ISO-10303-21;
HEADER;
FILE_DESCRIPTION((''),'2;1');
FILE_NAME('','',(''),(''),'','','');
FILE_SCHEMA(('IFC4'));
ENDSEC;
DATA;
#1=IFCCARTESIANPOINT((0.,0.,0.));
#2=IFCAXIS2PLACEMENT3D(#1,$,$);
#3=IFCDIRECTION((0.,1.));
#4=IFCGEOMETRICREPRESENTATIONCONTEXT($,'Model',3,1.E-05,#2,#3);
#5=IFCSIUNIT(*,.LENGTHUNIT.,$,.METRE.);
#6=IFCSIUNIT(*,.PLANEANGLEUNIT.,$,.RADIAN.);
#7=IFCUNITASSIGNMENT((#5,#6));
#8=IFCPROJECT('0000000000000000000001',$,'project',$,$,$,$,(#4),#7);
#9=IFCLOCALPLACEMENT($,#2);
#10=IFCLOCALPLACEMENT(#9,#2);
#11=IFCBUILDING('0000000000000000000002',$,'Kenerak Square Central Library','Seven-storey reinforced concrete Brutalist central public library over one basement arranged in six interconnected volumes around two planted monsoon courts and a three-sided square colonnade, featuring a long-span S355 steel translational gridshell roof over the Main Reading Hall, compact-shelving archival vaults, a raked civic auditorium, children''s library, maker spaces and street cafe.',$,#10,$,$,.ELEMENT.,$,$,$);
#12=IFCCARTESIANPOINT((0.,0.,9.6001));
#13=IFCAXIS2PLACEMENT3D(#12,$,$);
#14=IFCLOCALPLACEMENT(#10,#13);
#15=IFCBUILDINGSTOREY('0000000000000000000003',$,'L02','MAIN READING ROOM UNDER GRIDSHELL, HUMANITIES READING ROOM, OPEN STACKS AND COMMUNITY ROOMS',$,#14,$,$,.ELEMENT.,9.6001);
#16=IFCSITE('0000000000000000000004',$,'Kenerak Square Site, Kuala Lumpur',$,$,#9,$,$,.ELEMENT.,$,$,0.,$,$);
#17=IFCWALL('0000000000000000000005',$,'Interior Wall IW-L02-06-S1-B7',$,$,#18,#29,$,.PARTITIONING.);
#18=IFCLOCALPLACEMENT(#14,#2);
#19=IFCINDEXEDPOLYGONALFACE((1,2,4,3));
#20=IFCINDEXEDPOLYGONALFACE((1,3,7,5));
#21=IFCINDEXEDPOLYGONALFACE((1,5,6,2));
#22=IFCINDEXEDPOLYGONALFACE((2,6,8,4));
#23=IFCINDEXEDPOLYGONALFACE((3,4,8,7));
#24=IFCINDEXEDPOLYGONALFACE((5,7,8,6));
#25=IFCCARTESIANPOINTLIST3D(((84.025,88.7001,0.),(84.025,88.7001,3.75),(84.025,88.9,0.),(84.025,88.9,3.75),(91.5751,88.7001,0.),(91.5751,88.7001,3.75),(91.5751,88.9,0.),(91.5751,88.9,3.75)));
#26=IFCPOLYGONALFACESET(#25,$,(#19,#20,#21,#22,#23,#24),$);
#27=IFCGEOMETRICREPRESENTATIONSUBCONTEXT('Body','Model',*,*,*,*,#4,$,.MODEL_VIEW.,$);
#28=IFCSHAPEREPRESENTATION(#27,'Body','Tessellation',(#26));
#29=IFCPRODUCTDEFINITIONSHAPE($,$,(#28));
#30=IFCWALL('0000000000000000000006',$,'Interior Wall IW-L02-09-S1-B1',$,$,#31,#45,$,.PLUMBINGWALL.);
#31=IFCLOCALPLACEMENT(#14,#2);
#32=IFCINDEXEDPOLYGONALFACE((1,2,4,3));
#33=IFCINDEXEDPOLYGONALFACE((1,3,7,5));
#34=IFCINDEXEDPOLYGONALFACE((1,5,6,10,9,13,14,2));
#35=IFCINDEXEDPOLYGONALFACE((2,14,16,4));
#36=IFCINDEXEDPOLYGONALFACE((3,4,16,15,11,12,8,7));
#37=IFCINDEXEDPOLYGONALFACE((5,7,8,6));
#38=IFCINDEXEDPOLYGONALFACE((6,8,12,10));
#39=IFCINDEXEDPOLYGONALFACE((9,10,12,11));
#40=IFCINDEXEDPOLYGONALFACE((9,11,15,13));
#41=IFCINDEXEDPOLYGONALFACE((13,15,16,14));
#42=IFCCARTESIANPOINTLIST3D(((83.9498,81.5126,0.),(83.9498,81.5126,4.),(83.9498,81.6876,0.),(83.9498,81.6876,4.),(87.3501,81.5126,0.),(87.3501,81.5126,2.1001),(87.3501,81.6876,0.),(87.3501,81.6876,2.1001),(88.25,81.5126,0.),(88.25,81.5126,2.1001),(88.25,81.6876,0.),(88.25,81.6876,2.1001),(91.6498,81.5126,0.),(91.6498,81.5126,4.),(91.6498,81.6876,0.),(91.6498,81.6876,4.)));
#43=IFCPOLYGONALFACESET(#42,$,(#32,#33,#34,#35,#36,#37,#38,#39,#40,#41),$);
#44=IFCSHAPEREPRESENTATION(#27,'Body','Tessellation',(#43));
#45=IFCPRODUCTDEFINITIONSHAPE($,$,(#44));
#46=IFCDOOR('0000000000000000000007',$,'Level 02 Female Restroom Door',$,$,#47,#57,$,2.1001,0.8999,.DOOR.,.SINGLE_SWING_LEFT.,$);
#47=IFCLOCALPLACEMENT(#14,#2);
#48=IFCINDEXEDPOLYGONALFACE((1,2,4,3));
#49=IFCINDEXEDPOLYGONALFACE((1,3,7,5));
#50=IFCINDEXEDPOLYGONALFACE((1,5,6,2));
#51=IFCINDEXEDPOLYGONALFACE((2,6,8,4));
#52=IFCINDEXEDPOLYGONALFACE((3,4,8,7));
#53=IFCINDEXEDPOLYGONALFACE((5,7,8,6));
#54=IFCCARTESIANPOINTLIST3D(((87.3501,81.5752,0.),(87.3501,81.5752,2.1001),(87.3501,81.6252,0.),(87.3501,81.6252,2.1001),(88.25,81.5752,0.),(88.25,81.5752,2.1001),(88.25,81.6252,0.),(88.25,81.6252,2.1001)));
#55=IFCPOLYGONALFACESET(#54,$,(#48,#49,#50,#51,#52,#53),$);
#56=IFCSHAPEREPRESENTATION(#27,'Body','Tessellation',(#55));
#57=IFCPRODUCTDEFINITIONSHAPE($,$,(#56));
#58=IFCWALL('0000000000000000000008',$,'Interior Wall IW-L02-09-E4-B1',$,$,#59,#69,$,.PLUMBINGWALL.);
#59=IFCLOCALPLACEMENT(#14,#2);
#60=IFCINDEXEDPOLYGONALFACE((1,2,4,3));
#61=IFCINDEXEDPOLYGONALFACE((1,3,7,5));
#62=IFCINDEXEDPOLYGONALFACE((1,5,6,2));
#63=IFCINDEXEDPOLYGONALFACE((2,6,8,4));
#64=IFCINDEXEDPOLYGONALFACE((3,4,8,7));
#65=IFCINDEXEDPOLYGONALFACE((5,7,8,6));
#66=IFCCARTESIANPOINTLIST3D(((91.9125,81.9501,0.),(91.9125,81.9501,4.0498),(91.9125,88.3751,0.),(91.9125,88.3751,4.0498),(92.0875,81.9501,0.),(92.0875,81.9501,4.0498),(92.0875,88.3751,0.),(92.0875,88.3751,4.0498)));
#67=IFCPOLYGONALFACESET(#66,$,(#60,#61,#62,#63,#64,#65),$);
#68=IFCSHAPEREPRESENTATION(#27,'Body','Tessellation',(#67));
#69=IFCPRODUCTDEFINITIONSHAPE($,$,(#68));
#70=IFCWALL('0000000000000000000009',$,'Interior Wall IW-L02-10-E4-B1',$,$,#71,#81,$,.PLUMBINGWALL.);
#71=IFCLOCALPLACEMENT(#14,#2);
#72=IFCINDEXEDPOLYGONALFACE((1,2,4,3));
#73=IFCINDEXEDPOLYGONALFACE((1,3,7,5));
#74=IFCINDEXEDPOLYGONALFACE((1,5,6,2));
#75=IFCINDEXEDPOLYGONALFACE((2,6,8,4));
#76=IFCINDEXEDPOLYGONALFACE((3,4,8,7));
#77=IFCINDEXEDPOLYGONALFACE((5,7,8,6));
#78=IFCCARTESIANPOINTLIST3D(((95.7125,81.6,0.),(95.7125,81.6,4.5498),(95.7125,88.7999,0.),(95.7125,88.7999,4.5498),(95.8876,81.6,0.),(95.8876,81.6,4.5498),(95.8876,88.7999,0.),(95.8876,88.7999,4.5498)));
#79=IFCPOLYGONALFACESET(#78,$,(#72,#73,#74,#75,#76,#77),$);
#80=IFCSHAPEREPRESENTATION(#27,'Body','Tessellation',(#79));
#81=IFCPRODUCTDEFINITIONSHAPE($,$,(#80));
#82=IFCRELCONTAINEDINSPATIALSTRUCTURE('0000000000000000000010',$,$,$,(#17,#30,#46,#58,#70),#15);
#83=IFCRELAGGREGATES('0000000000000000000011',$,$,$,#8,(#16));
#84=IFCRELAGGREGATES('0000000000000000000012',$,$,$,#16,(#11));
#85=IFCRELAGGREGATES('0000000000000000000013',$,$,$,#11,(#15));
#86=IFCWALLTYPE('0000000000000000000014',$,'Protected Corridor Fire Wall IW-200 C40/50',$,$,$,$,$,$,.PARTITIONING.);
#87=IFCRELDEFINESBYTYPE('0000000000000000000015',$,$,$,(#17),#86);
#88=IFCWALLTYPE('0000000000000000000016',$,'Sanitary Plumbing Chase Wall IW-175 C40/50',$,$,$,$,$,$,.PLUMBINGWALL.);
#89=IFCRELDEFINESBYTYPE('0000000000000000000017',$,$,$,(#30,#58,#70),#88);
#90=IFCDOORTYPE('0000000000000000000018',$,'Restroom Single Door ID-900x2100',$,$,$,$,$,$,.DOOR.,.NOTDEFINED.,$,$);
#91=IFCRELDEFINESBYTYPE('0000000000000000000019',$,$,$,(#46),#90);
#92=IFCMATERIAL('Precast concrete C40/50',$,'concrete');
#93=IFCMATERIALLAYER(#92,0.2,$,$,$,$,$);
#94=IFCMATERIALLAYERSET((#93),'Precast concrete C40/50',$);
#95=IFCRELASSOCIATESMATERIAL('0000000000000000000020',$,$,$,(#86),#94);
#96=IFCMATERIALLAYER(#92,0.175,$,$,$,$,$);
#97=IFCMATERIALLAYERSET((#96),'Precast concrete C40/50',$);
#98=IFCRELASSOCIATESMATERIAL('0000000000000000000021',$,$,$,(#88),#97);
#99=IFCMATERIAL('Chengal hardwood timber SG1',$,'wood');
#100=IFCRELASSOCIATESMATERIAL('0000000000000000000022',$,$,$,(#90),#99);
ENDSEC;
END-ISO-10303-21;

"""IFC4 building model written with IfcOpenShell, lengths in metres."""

from ifc_helpers import new_model, si_unit, direction, frame, frame_2d, origin, place, context, subcontext, project, spatial, rectangle, extrude, material, layer, layer_set, type_object, element, fill, save


model = new_model("IFC4")

# Units and contexts
model_context = context("Model", 3, precision=1e-05, world=origin(), true_north=direction((0.0, 1.0)))
body_context = subcontext(model_context, "Body", "Model", "MODEL_VIEW")
ifc_project = project(units=[si_unit("LENGTHUNIT", "METRE"), si_unit("PLANEANGLEUNIT", "RADIAN")], contexts=[model_context])

# Site, building, storey
site_placement = place(None, origin())
site = spatial("IfcSite", under=ifc_project, at=site_placement, Name="Kenerak Square Site, Kuala Lumpur", CompositionType="ELEMENT", RefElevation=0.0)
building_placement = place(site_placement, origin())
building = spatial("IfcBuilding", under=site, at=building_placement, Name="Kenerak Square Central Library", Description="Seven-storey reinforced concrete Brutalist central public library over one basement arranged in six interconnected volumes around two planted monsoon courts and a three-sided square colonnade, featuring a long-span S355 steel translational gridshell roof over the Main Reading Hall, compact-shelving archival vaults, a raked civic auditorium, children's library, maker spaces and street cafe.", CompositionType="ELEMENT")
storey_placement = place(building_placement, frame((0.0, 0.0, 9.6001)))
storey = spatial("IfcBuildingStorey", under=building, at=storey_placement, Name="L02", Description="MAIN READING ROOM UNDER GRIDSHELL, HUMANITIES READING ROOM, OPEN STACKS AND COMMUNITY ROOMS", CompositionType="ELEMENT", Elevation=9.6001)

# Shared definitions
ifc_material_1 = material(Name="Precast concrete C40/50", Category="concrete")
ifc_material_2 = material(Name="Chengal hardwood timber SG1", Category="wood")

# Wall
ifc_layer_1 = layer(ifc_material_1, 0.2)
ifc_layer_set_1 = layer_set([ifc_layer_1], Name="Precast concrete C40/50")
wall_type_1 = type_object("IfcWallType", Name="Protected Corridor Fire Wall IW-200 C40/50", PredefinedType="PARTITIONING", material=ifc_layer_set_1)
wall_1_placement = place(storey_placement, frame((91.575, 88.8, 0.0), z_axis=(0.0, 0.0, 1.0), x_axis=(-1.0, 0.0, 0.0)))
element("IfcWall", 1, at=wall_1_placement, inside=storey, type_object=wall_type_1, Name="Interior Wall IW-L02-06-S1-B7", PredefinedType="PARTITIONING", context=body_context, shape_type="SweptSolid", body=[
    extrude(rectangle(XDim=7.55, YDim=0.2, at=frame_2d((3.7749, 0.0))), origin(), (0.0, 0.0, 1.0), 3.75),
])

# Wall, opening, door
ifc_layer_2 = layer(ifc_material_1, 0.175)
ifc_layer_set_2 = layer_set([ifc_layer_2], Name="Precast concrete C40/50")
wall_type_2 = type_object("IfcWallType", Name="Sanitary Plumbing Chase Wall IW-175 C40/50", PredefinedType="PLUMBINGWALL", material=ifc_layer_set_2)
wall_2_placement = place(storey_placement, frame((91.6499, 81.6001, 0.0), z_axis=(0.0, 0.0, 1.0), x_axis=(-1.0, 0.0, 0.0)))
wall_2 = element("IfcWall", 2, at=wall_2_placement, inside=storey, type_object=wall_type_2, Name="Interior Wall IW-L02-09-S1-B1", PredefinedType="PLUMBINGWALL", context=body_context, shape_type="SweptSolid", body=[
    extrude(rectangle(XDim=7.7, YDim=0.175, at=frame_2d((3.8501, 0.0))), origin(), (0.0, 0.0, 1.0), 4.0),
])
opening_1_placement = place(wall_2_placement, frame((3.3999, 0.0, 0.0)))
opening_1 = element("IfcOpeningElement", 3, at=opening_1_placement, cuts=wall_2, PredefinedType="OPENING", context=body_context, shape_type="SweptSolid", body=[
    extrude(rectangle(XDim=0.8999, YDim=2.1001, at=frame_2d((0.45, 1.05))), frame((0.0, 0.0974, 0.0), z_axis=(0.0, -1.0, 0.0), x_axis=(1.0, 0.0, 0.0)), (0.0, 0.0, 1.0), 0.1951),
])
door_type_1 = type_object("IfcDoorType", Name="Restroom Single Door ID-900x2100", OperationType="NOTDEFINED", PredefinedType="DOOR", material=ifc_material_2)
door_1_placement = place(opening_1_placement, origin())
door_1 = element("IfcDoor", 4, at=door_1_placement, inside=storey, type_object=door_type_1, Name="Level 02 Female Restroom Door", OperationType="SINGLE_SWING_LEFT", OverallHeight=2.1001, OverallWidth=0.8999, PredefinedType="DOOR", context=body_context, shape_type="SweptSolid", body=[
    extrude(rectangle(XDim=0.8999, YDim=2.1001, at=frame_2d((0.45, 1.05))), frame((0.0, 0.0249, 0.0), z_axis=(0.0, -1.0, 0.0), x_axis=(1.0, 0.0, 0.0)), (0.0, 0.0, 1.0), 0.05),
])
fill(opening_1, door_1)

# Walls
wall_3_placement = place(storey_placement, frame((92.0, 88.375, 0.0), z_axis=(0.0, 0.0, 1.0), x_axis=(0.0, -1.0, 0.0)))
element("IfcWall", 5, at=wall_3_placement, inside=storey, type_object=wall_type_2, Name="Interior Wall IW-L02-09-E4-B1", PredefinedType="PLUMBINGWALL", context=body_context, shape_type="SweptSolid", body=[
    extrude(rectangle(XDim=6.425, YDim=0.175, at=frame_2d((3.2124, 0.0))), origin(), (0.0, 0.0, 1.0), 4.0498),
])
wall_4_placement = place(storey_placement, frame((95.8, 88.8, 0.0), z_axis=(0.0, 0.0, 1.0), x_axis=(0.0, -1.0, 0.0)))
element("IfcWall", 6, at=wall_4_placement, inside=storey, type_object=wall_type_2, Name="Interior Wall IW-L02-10-E4-B1", PredefinedType="PLUMBINGWALL", context=body_context, shape_type="SweptSolid", body=[
    extrude(rectangle(XDim=7.2, YDim=0.175, at=frame_2d((3.6001, 0.0))), origin(), (0.0, 0.0, 1.0), 4.5498),
])

save(model, "model.ifc")
